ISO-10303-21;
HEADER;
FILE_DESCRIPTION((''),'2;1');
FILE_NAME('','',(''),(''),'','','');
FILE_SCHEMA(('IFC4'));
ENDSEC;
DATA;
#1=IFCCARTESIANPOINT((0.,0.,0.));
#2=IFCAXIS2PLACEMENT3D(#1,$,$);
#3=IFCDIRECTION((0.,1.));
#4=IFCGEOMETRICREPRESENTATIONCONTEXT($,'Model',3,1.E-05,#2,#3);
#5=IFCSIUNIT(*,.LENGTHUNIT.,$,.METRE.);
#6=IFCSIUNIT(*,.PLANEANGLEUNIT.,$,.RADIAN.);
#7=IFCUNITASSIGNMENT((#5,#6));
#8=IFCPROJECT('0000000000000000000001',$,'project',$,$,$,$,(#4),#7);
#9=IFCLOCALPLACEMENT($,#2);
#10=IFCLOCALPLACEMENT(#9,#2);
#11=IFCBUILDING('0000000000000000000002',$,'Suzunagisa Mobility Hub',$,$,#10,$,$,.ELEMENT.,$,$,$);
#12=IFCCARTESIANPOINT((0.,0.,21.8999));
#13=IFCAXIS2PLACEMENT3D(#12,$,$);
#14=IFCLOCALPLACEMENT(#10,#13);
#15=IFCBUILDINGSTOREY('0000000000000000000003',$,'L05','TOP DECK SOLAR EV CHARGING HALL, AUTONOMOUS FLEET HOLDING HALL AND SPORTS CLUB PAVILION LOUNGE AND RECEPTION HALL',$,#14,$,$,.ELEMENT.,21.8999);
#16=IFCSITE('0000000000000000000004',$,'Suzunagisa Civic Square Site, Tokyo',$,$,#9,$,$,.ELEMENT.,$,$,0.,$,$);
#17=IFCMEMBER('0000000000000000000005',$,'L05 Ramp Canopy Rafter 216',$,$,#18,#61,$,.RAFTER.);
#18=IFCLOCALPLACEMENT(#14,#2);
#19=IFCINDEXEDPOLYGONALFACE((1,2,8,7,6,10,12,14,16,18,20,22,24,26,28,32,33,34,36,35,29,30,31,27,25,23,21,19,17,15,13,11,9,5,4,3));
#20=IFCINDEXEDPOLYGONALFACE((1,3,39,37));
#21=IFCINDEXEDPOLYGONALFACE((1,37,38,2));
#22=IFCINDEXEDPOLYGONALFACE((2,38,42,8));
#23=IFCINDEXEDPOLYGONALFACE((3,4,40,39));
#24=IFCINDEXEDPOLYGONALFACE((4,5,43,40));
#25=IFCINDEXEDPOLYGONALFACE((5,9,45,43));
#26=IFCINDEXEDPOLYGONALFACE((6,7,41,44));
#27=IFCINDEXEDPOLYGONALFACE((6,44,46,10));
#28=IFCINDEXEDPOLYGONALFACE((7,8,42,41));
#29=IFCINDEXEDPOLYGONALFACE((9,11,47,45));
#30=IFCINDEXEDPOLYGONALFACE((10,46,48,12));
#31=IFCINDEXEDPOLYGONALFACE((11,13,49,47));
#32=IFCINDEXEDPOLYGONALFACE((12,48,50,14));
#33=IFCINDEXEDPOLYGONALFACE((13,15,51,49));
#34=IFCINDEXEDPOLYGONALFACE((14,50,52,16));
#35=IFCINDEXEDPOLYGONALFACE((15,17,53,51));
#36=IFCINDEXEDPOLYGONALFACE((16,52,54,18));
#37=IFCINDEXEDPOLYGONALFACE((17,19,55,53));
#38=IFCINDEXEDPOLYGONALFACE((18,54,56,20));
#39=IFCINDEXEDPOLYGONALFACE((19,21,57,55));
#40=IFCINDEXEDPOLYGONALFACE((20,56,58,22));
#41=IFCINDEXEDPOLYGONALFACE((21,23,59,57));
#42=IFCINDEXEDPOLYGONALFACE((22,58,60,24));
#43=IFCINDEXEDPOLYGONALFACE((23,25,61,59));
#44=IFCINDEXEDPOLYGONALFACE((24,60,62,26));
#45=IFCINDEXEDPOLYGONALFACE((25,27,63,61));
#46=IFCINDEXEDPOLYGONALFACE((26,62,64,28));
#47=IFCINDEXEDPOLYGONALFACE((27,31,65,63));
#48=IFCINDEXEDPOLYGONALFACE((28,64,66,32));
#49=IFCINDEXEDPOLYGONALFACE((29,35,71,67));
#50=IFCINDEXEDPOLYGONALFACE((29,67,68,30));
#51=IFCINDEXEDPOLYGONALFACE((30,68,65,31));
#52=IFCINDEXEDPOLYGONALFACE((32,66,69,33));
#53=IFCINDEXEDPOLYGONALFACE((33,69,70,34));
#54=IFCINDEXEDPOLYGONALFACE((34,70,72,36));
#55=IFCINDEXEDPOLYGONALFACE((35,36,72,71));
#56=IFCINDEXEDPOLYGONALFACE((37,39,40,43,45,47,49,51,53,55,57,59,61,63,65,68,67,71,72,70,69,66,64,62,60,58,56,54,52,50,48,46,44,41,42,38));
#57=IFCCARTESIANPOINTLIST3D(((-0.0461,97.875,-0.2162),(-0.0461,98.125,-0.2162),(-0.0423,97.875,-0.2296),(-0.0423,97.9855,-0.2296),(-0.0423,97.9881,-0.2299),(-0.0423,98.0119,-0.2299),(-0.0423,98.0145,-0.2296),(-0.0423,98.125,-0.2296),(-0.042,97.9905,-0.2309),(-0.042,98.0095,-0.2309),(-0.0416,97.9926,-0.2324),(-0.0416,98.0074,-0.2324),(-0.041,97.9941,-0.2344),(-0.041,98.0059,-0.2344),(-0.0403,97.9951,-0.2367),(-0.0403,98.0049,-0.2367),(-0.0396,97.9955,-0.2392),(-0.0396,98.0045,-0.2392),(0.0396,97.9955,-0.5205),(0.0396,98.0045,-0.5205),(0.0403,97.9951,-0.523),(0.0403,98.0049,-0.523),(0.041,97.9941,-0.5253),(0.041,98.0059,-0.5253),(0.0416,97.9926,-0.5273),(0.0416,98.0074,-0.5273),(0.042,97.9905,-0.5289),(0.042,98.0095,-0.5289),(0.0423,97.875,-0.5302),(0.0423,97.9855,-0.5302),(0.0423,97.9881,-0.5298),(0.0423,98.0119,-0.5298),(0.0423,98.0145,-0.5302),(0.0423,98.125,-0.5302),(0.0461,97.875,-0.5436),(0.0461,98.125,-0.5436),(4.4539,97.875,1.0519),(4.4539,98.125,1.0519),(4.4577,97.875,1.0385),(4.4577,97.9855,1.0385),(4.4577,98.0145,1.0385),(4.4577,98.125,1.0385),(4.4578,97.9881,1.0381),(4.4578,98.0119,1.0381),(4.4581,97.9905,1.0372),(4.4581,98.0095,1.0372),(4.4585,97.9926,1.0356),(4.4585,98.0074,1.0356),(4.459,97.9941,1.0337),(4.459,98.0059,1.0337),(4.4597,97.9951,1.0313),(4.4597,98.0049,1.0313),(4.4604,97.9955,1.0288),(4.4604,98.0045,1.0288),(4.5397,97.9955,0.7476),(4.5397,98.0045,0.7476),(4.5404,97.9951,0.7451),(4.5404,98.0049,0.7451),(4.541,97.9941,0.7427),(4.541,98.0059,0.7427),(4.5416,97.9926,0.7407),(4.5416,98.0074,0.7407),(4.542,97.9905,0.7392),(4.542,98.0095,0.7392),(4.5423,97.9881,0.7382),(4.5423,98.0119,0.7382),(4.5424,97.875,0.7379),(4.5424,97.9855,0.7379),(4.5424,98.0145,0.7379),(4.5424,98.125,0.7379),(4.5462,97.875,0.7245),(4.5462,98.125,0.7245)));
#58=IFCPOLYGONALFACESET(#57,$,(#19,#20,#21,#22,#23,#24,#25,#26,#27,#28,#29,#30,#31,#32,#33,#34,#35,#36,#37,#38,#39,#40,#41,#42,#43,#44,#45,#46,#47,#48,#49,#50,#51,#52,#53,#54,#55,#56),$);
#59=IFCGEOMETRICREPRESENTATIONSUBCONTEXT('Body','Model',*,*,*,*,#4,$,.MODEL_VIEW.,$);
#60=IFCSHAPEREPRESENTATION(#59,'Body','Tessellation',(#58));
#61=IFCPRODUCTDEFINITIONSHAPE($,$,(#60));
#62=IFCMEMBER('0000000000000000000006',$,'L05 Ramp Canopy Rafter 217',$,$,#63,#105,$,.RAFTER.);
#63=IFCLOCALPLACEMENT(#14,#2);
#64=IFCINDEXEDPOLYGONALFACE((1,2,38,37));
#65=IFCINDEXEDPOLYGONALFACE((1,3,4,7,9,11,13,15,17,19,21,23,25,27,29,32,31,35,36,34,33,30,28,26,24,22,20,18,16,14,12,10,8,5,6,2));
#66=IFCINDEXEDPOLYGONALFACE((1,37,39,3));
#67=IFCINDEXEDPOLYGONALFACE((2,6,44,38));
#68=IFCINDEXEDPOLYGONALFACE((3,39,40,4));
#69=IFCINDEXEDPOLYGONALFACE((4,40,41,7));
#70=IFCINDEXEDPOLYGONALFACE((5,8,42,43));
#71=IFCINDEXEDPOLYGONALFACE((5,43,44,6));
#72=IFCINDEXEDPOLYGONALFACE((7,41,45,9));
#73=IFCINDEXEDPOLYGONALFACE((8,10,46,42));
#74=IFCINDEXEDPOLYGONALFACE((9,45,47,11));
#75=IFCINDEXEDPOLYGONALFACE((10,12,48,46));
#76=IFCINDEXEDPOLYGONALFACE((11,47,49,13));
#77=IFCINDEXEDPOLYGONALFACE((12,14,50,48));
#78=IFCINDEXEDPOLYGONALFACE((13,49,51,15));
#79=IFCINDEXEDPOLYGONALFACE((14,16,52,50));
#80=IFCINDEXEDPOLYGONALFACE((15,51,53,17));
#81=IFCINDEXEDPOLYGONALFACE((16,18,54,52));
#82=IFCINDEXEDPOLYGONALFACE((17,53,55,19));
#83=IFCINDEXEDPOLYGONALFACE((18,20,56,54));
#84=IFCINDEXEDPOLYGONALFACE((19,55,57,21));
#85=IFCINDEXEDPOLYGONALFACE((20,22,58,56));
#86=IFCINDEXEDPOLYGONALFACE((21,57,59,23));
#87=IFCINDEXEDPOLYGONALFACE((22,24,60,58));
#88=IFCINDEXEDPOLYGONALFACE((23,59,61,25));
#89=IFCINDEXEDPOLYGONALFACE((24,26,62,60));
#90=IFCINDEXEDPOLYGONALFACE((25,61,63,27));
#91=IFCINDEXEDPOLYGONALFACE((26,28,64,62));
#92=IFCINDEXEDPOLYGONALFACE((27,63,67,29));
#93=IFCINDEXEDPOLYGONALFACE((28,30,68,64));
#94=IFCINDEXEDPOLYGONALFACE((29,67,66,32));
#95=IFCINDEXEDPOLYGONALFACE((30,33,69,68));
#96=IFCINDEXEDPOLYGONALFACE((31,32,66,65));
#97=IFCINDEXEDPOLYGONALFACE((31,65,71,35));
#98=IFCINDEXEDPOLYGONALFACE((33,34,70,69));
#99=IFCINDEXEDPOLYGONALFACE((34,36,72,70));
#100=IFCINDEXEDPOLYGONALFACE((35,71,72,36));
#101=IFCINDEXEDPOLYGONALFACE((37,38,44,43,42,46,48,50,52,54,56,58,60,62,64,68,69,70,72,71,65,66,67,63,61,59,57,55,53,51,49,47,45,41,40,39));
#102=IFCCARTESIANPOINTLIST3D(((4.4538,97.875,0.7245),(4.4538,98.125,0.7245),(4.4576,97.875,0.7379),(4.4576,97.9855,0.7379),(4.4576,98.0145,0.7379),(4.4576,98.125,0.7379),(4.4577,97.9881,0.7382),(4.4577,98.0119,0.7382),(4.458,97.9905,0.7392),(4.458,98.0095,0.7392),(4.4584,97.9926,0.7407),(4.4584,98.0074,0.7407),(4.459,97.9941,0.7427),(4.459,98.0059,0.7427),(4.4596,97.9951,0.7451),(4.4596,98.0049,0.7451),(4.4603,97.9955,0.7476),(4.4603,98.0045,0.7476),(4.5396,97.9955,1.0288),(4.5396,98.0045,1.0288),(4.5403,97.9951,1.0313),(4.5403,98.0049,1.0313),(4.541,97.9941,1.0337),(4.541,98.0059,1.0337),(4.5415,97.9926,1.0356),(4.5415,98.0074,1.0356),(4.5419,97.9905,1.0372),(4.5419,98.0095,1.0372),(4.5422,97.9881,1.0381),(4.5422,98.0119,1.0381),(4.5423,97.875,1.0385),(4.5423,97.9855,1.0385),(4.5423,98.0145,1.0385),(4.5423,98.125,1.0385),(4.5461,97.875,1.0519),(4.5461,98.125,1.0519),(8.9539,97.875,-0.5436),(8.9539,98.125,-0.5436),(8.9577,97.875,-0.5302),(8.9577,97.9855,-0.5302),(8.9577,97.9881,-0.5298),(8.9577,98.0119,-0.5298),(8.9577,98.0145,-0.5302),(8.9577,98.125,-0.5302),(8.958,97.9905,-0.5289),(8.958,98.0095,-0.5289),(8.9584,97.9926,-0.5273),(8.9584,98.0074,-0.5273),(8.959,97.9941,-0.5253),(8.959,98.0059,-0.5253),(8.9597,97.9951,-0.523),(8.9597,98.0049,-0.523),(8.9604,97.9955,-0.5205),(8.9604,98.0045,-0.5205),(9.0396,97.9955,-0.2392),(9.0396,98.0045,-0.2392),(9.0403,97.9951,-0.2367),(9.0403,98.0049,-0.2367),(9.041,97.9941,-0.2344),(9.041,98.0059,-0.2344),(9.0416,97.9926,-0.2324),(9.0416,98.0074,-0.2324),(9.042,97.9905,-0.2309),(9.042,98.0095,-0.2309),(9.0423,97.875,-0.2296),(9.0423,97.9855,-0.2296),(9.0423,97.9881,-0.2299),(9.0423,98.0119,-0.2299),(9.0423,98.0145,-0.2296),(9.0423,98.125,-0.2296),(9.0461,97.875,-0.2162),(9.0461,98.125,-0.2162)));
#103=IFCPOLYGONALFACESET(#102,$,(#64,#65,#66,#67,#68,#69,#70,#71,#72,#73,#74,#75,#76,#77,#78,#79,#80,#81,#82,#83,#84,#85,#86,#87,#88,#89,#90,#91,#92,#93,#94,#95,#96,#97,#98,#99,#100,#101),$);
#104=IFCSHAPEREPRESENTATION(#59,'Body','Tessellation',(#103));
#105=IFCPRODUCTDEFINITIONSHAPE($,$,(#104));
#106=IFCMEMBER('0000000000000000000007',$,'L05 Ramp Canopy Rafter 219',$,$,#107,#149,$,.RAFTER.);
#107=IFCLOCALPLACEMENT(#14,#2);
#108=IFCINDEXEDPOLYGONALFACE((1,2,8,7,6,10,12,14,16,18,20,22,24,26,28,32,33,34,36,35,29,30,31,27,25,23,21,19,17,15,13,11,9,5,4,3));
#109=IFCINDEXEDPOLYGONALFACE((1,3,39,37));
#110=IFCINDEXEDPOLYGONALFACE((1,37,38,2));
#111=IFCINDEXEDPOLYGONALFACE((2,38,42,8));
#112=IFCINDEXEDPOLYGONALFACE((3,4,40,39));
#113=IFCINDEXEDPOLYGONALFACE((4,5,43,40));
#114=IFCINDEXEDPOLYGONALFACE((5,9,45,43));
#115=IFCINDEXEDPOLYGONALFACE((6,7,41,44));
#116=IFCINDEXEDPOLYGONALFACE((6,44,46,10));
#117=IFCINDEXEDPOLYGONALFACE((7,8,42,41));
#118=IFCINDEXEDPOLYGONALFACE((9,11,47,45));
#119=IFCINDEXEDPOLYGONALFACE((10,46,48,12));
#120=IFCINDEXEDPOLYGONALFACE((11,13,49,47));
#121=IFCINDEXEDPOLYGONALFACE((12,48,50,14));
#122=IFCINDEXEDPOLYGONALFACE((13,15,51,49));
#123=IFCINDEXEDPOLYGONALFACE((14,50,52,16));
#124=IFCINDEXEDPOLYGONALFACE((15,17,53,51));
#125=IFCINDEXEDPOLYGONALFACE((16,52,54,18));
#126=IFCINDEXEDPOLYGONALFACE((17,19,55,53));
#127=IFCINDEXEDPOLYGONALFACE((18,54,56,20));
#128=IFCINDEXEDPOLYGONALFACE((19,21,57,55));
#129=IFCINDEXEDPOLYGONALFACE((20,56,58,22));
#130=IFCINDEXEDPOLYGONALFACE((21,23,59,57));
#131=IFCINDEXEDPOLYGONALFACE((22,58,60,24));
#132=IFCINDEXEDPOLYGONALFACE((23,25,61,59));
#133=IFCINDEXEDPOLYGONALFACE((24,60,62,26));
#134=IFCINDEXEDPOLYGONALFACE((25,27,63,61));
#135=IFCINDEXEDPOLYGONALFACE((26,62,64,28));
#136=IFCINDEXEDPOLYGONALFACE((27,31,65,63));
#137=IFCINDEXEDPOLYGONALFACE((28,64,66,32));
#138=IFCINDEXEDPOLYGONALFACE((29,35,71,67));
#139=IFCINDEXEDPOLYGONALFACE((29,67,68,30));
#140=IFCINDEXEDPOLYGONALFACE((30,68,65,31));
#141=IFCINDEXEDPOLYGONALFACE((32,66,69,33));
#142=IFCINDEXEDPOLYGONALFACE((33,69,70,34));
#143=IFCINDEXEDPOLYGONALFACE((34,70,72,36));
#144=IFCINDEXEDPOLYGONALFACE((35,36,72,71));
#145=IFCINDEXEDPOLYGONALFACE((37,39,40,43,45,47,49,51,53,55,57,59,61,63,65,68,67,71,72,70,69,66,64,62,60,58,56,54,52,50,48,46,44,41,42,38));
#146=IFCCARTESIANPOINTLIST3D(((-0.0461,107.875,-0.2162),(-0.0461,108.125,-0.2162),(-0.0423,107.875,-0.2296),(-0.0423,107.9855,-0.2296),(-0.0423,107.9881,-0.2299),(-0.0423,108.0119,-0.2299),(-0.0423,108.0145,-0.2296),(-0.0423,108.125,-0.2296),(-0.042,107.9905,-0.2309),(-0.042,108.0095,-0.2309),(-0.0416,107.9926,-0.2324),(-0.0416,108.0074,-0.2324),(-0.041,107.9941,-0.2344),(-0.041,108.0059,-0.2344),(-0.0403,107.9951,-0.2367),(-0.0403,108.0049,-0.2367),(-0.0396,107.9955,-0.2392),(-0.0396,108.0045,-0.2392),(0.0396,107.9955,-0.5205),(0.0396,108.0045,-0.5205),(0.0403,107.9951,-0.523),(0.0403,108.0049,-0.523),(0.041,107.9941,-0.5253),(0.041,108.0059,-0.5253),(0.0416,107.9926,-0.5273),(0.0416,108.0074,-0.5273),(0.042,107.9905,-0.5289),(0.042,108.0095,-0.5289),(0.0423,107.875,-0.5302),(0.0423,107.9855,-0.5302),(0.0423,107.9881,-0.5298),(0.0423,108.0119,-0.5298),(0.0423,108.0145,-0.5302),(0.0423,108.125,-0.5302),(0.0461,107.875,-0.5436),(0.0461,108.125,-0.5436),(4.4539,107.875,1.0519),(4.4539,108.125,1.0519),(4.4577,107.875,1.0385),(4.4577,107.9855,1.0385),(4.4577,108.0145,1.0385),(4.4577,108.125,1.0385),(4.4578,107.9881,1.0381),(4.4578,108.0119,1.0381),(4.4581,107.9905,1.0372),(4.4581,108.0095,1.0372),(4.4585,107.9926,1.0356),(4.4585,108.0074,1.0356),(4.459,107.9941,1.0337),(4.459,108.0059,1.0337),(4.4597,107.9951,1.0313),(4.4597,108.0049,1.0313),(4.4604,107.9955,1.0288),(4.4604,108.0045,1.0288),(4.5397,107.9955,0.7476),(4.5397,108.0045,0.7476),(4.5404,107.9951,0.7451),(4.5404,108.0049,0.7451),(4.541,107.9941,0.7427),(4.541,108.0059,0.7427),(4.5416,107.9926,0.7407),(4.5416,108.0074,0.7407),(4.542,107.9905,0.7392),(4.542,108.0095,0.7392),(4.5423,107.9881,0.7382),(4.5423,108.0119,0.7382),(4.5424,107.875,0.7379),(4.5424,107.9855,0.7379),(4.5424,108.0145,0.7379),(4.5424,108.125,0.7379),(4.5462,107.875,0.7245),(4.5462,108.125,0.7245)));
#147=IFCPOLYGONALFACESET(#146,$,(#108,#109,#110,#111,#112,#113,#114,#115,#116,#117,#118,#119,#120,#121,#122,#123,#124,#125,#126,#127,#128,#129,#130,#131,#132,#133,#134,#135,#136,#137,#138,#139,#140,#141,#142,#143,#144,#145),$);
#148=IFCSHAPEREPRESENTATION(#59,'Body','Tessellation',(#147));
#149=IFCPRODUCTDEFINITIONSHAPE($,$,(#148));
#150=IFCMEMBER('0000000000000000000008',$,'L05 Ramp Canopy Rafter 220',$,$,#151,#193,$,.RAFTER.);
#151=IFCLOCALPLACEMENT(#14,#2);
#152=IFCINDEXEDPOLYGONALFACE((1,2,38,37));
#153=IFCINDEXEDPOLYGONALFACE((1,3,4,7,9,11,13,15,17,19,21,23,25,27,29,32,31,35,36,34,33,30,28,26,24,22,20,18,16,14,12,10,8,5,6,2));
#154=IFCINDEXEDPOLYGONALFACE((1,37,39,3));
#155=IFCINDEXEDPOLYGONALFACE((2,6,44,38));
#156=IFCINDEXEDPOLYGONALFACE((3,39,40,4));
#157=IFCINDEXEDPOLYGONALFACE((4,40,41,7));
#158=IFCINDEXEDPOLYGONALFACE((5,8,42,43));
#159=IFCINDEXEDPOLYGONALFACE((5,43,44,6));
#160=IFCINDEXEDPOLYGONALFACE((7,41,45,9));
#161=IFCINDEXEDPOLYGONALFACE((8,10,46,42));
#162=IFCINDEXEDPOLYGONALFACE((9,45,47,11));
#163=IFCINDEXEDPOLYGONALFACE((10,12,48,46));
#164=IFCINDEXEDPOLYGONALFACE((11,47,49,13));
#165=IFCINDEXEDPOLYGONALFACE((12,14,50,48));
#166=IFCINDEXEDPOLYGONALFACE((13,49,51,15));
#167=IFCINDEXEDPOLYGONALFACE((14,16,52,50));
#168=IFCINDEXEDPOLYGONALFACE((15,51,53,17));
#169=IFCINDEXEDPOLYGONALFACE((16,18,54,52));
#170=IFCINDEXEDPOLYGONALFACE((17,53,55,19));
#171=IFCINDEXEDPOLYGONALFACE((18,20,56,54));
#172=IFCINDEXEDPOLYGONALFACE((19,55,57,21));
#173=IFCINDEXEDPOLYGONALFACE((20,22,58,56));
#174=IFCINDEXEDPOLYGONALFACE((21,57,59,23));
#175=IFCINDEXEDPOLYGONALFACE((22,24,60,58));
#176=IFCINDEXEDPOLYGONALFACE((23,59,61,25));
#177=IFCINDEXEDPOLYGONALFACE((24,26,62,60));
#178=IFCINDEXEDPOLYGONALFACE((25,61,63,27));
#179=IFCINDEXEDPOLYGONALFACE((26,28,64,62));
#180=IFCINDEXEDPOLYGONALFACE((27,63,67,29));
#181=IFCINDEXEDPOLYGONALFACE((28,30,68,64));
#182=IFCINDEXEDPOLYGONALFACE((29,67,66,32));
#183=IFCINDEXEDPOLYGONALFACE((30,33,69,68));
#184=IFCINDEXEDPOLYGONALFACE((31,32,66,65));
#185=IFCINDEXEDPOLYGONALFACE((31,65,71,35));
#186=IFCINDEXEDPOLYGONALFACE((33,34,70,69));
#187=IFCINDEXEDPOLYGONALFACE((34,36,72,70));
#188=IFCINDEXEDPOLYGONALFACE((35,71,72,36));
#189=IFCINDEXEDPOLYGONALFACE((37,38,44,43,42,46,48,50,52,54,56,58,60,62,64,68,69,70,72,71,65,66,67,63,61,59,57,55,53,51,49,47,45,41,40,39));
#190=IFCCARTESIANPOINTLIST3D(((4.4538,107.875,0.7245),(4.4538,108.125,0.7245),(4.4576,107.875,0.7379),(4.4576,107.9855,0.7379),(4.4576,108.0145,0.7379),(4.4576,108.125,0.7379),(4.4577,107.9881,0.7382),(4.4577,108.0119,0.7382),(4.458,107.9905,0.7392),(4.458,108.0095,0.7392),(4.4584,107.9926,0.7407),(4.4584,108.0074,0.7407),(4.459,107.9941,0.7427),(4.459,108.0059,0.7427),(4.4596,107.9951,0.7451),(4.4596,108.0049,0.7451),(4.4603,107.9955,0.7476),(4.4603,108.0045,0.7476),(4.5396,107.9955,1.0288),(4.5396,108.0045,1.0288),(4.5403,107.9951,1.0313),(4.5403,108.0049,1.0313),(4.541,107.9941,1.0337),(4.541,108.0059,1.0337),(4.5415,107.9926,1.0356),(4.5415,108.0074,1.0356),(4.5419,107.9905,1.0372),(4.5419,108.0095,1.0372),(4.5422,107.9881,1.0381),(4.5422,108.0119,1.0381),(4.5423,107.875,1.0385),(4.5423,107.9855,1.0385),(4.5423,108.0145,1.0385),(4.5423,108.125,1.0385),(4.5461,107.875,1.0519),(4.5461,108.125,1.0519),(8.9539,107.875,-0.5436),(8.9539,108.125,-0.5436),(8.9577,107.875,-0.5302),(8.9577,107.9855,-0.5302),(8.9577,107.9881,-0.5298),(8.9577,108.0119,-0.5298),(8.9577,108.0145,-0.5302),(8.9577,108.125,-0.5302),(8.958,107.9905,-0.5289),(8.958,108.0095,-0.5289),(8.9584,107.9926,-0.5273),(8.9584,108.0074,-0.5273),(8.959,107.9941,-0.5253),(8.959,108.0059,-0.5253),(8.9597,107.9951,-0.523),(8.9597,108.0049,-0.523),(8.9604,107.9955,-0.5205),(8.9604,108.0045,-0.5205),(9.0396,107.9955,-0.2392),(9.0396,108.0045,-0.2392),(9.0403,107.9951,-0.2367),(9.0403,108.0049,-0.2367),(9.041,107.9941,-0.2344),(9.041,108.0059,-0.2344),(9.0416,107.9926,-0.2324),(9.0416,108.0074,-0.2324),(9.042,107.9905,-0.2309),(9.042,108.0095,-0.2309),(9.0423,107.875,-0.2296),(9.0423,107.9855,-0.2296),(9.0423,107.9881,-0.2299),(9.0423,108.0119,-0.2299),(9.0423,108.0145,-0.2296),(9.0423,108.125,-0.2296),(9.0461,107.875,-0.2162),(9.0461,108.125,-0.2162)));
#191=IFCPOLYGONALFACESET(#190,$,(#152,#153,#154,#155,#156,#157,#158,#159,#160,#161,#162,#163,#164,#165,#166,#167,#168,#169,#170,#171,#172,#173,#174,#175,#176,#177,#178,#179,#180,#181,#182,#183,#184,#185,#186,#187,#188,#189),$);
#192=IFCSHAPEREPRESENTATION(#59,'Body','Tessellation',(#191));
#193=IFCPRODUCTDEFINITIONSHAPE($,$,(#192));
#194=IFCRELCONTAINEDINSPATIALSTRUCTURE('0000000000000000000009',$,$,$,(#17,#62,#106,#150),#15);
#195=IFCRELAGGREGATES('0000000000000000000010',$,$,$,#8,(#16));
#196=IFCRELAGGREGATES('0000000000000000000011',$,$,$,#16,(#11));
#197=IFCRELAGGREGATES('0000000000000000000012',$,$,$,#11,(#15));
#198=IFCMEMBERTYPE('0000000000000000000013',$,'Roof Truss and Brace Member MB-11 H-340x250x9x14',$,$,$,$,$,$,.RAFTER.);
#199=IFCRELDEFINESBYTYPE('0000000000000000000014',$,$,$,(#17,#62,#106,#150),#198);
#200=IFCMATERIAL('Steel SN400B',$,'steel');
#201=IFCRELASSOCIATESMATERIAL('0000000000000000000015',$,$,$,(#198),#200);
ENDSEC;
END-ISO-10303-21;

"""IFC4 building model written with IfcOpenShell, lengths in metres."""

from ifc_helpers import new_model, si_unit, direction, frame, origin, origin_2d, place, context, subcontext, project, spatial, i_section, extrude, material, material_profile, profile_set, type_object, element, save


model = new_model("IFC4")

# Units and contexts
model_context = context("Model", 3, precision=1e-05, world=origin(), true_north=direction((0.0, 1.0)))
body_context = subcontext(model_context, "Body", "Model", "MODEL_VIEW")
ifc_project = project(units=[si_unit("LENGTHUNIT", "METRE"), si_unit("PLANEANGLEUNIT", "RADIAN")], contexts=[model_context])

# Site, building, storey
site_placement = place(None, origin())
site = spatial("IfcSite", under=ifc_project, at=site_placement, Name="Suzunagisa Civic Square Site, Tokyo", CompositionType="ELEMENT", RefElevation=0.0)
building_placement = place(site_placement, origin())
building = spatial("IfcBuilding", under=site, at=building_placement, Name="Suzunagisa Mobility Hub", CompositionType="ELEMENT")
storey_placement = place(building_placement, frame((0.0, 0.0, 21.8999)))
storey = spatial("IfcBuildingStorey", under=building, at=storey_placement, Name="L05", Description="TOP DECK SOLAR EV CHARGING HALL, AUTONOMOUS FLEET HOLDING HALL AND SPORTS CLUB PAVILION LOUNGE AND RECEPTION HALL", CompositionType="ELEMENT", Elevation=21.8999)

# Members
ifc_material_1 = material(Name="Steel SN400B", Category="steel")
ifc_material_profile_1 = material_profile(ifc_material_1, i_section(OverallWidth=0.25, OverallDepth=0.3401, WebThickness=0.009, FlangeThickness=0.0139, FilletRadius=0.01, at=origin_2d()), Name="H-340x250x9x14")
ifc_profile_set_1 = profile_set([ifc_material_profile_1], Name="Steel SN400B")
member_type_1 = type_object("IfcMemberType", Name="Roof Truss and Brace Member MB-11 H-340x250x9x14", PredefinedType="RAFTER", material=ifc_profile_set_1)
for number, where, z_axis, x_axis, name in (
    (1, (0.0, 98.0, -0.3799), (0.962515, 0.0, 0.271229), (0.0, 1.0, 0.0), "L05 Ramp Canopy Rafter 216"),
    (2, (9.0, 98.0, -0.3799), (-0.962515, 0.0, 0.271229), (0.0, -1.0, 0.0), "L05 Ramp Canopy Rafter 217"),
    (3, (0.0, 108.0, -0.3799), (0.962515, 0.0, 0.271229), (0.0, 1.0, 0.0), "L05 Ramp Canopy Rafter 219"),
    (4, (9.0, 108.0, -0.3799), (-0.962515, 0.0, 0.271229), (0.0, -1.0, 0.0), "L05 Ramp Canopy Rafter 220"),
):
    element("IfcMember", number, at=place(storey_placement, frame(where, z_axis=z_axis, x_axis=x_axis)), inside=storey, type_object=member_type_1, Name=name, PredefinedType="RAFTER", context=body_context, shape_type="SweptSolid", body=[
        extrude(i_section(OverallWidth=0.25, OverallDepth=0.3401, WebThickness=0.009, FlangeThickness=0.0139, FilletRadius=0.01, at=origin_2d()), origin(), (0.0, 0.0, 1.0), 4.6753),
    ])

save(model, "model.ifc")
